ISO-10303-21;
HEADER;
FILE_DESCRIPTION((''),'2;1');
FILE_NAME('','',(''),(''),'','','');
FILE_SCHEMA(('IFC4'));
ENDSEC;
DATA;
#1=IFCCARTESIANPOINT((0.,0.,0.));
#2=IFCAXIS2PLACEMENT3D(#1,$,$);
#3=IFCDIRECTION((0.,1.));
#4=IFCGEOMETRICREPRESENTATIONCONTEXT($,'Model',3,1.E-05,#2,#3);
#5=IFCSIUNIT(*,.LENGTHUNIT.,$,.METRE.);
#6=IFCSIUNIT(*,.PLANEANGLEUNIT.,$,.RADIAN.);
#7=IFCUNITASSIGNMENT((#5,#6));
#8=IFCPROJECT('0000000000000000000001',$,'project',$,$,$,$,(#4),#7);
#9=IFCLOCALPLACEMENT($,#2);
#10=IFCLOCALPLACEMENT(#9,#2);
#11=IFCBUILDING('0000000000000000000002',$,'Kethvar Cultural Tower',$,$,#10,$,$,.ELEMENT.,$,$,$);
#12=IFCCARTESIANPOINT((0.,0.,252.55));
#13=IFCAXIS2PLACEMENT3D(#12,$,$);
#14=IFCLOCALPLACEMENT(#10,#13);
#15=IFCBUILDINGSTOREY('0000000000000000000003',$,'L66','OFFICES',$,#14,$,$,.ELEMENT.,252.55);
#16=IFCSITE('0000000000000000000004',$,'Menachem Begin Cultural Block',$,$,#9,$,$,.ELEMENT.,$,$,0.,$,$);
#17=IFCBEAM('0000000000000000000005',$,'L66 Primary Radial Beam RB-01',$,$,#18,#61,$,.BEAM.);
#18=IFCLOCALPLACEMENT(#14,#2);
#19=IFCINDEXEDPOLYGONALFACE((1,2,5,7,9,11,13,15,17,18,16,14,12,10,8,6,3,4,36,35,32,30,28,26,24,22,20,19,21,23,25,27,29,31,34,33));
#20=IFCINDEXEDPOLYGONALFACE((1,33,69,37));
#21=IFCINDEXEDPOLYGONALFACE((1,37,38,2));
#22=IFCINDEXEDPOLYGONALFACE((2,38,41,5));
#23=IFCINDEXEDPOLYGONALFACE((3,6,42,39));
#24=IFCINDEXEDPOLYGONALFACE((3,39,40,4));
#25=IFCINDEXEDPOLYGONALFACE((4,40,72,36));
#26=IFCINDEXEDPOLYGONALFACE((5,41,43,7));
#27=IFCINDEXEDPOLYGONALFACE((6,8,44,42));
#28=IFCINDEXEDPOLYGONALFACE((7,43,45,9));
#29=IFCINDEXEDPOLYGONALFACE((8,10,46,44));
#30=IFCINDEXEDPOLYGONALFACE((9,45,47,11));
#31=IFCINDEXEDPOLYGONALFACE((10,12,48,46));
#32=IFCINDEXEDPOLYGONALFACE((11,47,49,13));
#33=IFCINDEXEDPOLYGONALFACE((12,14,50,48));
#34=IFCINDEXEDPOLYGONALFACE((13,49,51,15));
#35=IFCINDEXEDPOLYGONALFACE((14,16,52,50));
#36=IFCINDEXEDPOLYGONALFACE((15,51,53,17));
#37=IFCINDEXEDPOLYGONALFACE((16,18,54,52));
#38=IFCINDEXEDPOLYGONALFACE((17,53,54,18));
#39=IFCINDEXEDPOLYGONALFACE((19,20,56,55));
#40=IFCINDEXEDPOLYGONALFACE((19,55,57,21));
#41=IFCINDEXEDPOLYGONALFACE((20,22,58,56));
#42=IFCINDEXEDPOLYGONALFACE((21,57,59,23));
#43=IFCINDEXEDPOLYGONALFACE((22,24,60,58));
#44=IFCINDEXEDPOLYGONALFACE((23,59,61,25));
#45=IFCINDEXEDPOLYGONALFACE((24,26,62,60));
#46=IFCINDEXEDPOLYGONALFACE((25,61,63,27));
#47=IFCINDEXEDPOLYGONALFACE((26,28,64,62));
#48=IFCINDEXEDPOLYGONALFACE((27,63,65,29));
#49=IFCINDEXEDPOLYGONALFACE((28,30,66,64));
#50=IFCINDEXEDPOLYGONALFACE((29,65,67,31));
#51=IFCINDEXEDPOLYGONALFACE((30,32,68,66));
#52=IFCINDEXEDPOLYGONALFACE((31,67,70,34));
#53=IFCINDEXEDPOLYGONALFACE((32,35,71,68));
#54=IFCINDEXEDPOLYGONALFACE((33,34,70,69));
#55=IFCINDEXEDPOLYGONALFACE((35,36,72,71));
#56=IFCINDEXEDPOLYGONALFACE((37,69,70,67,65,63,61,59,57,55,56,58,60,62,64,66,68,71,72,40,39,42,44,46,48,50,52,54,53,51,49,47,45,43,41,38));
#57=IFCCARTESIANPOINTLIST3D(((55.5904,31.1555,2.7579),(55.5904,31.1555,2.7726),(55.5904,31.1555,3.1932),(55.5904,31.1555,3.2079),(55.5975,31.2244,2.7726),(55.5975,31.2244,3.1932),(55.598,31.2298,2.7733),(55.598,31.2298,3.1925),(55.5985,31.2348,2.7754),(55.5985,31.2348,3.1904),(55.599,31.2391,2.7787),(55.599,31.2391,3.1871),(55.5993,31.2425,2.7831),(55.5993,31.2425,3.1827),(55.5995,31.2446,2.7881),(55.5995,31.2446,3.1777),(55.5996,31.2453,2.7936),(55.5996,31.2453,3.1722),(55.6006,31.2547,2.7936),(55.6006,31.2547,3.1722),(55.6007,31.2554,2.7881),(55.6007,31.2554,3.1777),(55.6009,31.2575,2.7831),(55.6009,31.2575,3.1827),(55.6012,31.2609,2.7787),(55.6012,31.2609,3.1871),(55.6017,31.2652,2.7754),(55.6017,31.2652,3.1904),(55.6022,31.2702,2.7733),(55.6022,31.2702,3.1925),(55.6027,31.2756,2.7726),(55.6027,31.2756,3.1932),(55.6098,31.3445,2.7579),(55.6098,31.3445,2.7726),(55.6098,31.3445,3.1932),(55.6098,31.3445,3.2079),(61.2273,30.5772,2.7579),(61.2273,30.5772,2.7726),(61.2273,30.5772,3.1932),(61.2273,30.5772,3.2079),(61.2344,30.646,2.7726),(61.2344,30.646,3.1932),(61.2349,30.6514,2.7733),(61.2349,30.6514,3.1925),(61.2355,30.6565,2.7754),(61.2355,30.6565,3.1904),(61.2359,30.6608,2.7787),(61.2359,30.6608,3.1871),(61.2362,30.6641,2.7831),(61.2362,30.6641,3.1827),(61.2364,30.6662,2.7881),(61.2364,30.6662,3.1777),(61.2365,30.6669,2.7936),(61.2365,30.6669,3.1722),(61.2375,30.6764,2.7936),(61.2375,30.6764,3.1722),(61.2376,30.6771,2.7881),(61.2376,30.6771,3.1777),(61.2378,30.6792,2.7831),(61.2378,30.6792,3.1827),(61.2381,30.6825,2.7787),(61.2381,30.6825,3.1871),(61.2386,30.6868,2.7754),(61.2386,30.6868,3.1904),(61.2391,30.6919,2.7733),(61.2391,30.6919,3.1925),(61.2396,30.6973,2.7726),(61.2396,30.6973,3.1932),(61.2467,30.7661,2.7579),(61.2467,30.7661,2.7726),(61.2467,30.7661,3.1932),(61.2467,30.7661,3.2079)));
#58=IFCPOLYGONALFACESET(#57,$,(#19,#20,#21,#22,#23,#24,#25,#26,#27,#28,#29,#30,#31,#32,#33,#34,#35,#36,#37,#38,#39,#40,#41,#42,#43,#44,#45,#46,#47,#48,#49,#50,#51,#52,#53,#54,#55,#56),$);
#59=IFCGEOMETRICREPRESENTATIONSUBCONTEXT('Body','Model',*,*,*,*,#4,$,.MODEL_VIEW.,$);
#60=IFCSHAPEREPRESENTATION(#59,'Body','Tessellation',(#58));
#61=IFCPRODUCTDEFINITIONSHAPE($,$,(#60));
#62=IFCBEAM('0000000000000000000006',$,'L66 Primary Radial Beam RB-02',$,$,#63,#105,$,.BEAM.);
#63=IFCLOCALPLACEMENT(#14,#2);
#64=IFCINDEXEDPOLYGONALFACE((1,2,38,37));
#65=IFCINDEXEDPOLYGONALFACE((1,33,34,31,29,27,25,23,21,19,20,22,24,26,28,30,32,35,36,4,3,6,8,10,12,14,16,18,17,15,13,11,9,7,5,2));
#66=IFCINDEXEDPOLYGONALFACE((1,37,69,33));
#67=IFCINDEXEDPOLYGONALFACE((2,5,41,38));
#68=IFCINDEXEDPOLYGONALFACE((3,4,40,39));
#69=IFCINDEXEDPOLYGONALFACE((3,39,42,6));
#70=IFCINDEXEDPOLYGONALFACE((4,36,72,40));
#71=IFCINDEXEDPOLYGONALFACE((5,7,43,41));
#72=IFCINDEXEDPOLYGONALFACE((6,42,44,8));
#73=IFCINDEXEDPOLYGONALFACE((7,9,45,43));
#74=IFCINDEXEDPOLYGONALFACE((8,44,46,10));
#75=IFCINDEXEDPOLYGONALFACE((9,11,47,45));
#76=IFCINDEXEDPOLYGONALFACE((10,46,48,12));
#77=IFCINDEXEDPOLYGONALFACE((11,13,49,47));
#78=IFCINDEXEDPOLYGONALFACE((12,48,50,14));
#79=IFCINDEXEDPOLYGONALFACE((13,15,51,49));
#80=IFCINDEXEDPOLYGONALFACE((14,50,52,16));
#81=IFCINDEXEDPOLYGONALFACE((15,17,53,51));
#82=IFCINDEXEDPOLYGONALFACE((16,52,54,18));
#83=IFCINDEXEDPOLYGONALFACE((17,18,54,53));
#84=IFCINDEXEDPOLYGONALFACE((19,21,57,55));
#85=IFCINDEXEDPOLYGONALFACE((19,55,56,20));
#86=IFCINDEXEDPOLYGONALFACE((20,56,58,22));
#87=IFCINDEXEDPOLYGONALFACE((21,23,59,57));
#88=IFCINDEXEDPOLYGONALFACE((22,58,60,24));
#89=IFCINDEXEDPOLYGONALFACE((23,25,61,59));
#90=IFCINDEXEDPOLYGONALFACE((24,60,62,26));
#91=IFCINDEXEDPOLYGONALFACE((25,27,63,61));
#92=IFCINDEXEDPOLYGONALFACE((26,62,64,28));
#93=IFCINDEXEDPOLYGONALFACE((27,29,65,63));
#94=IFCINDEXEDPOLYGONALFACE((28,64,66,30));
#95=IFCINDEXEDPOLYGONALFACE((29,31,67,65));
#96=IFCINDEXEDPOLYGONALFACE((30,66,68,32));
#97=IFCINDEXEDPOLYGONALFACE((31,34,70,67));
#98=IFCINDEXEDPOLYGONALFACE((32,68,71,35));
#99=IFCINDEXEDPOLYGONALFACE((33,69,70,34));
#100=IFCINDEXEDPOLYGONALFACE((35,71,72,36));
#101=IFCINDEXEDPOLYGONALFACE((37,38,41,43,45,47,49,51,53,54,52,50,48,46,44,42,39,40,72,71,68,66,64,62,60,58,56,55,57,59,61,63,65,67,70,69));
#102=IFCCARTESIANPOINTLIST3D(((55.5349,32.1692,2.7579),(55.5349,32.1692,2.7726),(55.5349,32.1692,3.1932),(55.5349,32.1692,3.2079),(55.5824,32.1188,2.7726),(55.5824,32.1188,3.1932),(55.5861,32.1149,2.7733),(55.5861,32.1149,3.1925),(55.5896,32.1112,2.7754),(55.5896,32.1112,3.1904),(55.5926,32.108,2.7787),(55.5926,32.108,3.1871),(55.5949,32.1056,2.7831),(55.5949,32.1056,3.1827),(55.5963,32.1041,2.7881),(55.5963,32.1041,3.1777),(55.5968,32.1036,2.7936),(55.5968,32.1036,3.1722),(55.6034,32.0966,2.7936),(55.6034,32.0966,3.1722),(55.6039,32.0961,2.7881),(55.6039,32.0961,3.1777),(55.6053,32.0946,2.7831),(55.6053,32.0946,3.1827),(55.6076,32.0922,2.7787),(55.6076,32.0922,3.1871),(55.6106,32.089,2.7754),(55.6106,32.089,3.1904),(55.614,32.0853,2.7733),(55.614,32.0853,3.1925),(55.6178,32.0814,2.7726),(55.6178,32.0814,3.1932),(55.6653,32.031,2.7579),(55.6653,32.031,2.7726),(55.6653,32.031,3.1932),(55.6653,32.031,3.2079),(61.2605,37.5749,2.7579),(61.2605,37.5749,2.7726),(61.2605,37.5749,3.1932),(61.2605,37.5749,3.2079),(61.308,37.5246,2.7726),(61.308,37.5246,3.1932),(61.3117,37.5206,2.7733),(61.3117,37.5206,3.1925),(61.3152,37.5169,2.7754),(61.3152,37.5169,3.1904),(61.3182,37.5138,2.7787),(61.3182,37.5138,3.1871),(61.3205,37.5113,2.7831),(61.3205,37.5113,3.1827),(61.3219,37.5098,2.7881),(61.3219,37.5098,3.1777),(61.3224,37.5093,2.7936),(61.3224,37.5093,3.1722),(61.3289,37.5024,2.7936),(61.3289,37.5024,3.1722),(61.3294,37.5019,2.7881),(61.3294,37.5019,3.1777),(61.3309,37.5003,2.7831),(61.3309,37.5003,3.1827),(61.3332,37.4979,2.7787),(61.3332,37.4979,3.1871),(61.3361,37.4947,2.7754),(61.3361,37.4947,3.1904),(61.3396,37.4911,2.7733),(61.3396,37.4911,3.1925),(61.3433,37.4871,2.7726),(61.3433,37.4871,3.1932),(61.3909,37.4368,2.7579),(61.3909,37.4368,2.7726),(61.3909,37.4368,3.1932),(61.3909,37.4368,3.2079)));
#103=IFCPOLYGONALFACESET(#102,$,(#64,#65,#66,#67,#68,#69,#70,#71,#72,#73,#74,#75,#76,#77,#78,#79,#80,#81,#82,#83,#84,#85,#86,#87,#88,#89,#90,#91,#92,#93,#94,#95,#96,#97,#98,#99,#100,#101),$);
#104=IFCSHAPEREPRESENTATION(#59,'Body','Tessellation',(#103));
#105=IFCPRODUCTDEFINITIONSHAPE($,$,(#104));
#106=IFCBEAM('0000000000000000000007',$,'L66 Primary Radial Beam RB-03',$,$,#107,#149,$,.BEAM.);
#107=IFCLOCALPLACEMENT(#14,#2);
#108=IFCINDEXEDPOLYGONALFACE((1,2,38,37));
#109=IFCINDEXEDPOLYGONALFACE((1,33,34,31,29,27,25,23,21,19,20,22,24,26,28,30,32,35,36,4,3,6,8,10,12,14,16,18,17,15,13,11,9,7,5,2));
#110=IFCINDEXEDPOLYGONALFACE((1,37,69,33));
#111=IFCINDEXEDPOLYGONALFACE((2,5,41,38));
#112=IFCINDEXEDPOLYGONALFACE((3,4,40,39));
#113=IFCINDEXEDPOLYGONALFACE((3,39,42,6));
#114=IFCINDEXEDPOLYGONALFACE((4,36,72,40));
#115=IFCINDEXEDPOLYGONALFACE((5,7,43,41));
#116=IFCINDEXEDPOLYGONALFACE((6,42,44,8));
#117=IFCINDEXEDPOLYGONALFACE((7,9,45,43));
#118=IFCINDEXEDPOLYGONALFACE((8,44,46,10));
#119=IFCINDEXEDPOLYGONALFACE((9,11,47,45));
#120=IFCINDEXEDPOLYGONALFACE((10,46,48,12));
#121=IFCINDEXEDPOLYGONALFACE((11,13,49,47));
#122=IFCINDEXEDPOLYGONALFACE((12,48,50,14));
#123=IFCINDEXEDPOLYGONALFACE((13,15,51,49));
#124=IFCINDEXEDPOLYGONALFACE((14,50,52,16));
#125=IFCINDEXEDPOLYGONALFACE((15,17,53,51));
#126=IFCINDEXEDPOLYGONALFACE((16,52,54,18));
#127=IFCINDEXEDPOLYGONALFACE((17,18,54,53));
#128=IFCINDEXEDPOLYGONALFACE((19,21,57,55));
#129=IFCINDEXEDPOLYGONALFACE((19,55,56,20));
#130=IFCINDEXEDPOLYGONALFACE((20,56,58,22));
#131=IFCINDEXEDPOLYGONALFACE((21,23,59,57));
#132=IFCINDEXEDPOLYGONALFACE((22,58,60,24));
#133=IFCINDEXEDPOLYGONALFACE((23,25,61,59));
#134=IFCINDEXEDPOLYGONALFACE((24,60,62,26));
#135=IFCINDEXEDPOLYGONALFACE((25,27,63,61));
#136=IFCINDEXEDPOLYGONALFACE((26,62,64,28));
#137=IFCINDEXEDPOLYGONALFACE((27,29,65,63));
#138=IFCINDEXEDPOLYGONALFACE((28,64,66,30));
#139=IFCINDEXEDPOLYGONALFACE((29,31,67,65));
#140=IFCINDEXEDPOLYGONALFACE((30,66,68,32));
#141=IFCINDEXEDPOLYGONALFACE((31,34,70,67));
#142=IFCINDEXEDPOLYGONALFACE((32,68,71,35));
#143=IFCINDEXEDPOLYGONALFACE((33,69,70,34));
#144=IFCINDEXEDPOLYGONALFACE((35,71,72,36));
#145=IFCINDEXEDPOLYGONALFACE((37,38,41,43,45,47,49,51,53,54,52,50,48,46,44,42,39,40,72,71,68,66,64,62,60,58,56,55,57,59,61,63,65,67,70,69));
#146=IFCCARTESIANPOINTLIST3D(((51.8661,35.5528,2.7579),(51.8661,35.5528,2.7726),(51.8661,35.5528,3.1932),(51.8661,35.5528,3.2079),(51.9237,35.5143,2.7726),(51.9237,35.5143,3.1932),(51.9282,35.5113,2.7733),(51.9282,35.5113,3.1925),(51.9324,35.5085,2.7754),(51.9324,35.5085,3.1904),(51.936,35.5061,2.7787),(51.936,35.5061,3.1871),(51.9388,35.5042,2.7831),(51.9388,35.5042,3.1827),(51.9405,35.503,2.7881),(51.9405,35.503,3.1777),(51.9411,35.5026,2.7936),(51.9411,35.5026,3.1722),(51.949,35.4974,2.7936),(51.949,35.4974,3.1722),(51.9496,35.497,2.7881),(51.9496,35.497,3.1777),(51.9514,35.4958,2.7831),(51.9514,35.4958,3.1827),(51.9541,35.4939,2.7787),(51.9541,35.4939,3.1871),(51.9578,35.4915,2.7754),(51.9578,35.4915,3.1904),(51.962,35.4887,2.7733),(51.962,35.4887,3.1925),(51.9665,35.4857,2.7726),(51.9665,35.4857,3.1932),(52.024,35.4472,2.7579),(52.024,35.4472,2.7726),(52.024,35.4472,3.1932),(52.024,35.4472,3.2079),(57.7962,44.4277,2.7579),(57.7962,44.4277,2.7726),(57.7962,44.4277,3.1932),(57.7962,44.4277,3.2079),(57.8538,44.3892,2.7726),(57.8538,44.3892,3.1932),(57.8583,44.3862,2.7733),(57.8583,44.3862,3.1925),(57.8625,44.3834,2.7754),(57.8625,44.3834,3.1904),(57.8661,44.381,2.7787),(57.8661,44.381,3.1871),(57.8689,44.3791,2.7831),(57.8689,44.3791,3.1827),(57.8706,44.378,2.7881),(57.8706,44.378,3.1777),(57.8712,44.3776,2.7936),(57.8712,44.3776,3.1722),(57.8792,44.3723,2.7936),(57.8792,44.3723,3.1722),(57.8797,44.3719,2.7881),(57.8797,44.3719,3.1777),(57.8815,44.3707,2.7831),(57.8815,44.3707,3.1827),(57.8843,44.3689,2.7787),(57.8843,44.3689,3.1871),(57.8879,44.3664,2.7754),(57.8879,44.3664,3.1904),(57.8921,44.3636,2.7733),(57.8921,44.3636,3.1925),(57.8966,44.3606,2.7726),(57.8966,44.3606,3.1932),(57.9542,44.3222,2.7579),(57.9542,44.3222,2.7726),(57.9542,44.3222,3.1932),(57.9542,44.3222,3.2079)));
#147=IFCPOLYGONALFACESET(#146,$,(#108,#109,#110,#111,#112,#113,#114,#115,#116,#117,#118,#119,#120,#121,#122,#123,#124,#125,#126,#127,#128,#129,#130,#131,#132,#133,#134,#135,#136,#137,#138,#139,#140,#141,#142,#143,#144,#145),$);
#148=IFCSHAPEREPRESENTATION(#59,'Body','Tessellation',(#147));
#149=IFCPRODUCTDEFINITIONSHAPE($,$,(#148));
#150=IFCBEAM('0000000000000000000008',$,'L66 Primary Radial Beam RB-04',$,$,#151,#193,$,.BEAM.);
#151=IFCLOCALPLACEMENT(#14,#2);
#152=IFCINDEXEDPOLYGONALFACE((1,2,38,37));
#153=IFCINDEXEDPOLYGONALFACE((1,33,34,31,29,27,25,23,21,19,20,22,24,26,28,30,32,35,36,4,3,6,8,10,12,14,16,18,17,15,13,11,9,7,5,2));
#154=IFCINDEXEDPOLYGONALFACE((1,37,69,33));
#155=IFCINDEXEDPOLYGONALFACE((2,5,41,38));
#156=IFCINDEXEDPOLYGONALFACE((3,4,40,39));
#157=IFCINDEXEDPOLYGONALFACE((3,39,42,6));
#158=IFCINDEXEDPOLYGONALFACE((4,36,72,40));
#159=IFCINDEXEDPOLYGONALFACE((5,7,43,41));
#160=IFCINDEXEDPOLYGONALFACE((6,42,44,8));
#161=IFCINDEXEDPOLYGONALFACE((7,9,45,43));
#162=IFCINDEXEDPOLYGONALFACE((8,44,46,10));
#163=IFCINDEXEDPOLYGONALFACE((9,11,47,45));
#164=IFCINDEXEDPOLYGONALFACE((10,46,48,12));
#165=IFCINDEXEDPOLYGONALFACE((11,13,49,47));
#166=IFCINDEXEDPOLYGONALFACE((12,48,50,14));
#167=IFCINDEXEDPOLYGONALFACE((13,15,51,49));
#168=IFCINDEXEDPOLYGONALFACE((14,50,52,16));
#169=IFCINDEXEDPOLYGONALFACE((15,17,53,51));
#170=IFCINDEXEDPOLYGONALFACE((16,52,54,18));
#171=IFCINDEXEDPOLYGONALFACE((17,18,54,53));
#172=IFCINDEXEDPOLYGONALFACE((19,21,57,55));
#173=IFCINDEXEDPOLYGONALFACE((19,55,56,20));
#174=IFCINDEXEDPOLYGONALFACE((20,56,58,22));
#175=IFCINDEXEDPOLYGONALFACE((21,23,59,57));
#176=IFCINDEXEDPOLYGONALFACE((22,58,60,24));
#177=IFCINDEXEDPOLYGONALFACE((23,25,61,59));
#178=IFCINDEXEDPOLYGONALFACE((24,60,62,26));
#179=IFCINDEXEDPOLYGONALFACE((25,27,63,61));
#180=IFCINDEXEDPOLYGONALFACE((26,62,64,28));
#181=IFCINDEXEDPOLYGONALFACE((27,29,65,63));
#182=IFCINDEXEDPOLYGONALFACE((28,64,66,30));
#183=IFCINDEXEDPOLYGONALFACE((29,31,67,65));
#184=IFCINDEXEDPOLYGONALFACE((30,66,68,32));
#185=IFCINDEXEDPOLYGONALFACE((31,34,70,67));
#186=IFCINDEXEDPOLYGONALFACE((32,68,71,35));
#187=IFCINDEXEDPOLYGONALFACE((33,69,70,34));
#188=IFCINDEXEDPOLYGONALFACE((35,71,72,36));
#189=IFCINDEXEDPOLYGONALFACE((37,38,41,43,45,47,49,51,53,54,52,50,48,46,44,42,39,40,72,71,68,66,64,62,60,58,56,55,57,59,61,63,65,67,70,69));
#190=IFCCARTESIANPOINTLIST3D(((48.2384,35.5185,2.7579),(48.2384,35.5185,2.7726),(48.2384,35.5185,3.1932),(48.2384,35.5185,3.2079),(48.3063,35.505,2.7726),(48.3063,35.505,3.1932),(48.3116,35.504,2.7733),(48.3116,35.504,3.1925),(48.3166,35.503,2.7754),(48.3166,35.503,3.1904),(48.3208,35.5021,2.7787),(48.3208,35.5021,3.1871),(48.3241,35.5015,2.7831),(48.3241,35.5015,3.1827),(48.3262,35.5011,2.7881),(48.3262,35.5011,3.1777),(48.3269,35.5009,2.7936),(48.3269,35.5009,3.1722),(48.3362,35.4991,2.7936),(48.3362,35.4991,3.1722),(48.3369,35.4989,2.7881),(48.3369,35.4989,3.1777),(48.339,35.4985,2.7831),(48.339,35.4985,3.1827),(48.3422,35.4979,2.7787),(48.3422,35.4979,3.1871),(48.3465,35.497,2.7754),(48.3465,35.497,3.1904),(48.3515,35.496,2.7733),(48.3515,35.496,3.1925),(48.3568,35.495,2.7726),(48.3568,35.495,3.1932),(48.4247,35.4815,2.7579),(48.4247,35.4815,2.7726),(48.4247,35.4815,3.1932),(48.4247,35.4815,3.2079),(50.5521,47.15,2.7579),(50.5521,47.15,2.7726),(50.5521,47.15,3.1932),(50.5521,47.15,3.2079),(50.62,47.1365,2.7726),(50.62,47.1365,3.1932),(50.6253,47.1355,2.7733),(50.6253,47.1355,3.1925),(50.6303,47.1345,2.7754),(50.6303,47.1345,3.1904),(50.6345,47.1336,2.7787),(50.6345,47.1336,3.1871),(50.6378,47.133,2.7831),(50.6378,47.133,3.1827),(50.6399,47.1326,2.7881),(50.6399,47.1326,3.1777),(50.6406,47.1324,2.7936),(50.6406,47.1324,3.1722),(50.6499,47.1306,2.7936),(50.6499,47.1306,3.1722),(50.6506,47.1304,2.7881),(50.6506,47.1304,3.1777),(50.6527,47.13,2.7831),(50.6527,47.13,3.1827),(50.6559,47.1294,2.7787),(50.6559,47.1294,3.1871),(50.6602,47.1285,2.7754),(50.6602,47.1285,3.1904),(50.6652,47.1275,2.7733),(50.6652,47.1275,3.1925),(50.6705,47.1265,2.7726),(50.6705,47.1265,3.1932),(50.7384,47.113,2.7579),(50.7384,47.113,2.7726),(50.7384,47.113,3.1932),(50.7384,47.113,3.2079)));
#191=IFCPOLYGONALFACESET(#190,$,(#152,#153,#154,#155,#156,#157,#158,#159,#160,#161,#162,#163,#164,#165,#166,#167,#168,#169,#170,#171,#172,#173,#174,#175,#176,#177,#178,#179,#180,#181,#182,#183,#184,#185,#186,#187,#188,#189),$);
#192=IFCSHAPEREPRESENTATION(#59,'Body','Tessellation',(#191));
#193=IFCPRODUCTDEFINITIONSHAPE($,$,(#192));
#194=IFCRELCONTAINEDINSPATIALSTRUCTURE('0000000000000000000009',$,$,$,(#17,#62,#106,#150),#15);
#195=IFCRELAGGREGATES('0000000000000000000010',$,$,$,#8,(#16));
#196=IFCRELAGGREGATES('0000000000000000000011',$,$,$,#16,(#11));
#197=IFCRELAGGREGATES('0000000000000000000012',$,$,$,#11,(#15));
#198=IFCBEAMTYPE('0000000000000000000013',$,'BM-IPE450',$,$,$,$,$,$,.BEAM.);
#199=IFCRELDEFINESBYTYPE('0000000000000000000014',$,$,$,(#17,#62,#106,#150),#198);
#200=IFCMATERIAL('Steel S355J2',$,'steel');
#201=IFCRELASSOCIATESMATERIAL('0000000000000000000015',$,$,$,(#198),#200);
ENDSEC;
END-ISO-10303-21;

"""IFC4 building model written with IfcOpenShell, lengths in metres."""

from ifc_helpers import new_model, si_unit, direction, frame, origin, origin_2d, place, context, subcontext, project, spatial, i_section, extrude, source, transform, mapped, material, material_profile, profile_set, type_object, element, save


model = new_model("IFC4")

# Units and contexts
model_context = context("Model", 3, precision=1e-05, world=origin(), true_north=direction((0.0, 1.0)))
body_context = subcontext(model_context, "Body", "Model", "MODEL_VIEW")
ifc_project = project(units=[si_unit("LENGTHUNIT", "METRE"), si_unit("PLANEANGLEUNIT", "RADIAN")], contexts=[model_context])

# Site, building, storey
site_placement = place(None, origin())
site = spatial("IfcSite", under=ifc_project, at=site_placement, Name="Menachem Begin Cultural Block", CompositionType="ELEMENT", RefElevation=0.0)
building_placement = place(site_placement, origin())
building = spatial("IfcBuilding", under=site, at=building_placement, Name="Kethvar Cultural Tower", CompositionType="ELEMENT")
storey_placement = place(building_placement, frame((0.0, 0.0, 252.55)))
storey = spatial("IfcBuildingStorey", under=building, at=storey_placement, Name="L66", Description="OFFICES", CompositionType="ELEMENT", Elevation=252.55)

# Beams
ifc_material_1 = material(Name="Steel S355J2", Category="steel")
ifc_material_profile_1 = material_profile(ifc_material_1, i_section(OverallWidth=0.1899, OverallDepth=0.45, WebThickness=0.0095, FlangeThickness=0.0146, FilletRadius=0.021, at=origin_2d()), Name="Steel S355J2 — IPE450")
ifc_profile_set_1 = profile_set([ifc_material_profile_1], Name="Steel S355J2 — IPE450")
beam_type_1 = type_object("IfcBeamType", Name="BM-IPE450", PredefinedType="BEAM", material=ifc_profile_set_1)
shared_shape_1 = source(origin(), body_context, "Body", "SweptSolid", [
    extrude(i_section(OverallWidth=0.1899, OverallDepth=0.45, WebThickness=0.0095, FlangeThickness=0.0146, FilletRadius=0.021, at=origin_2d()), origin(), (0.0, 0.0, 1.0), 5.6665),
])
beam_1_placement = place(storey_placement, frame((55.6001, 31.25, 2.9829), z_axis=(0.994778, -0.102067, 0.0), x_axis=(0.102067, 0.994778, 0.0)))
element("IfcBeam", 1, at=beam_1_placement, inside=storey, type_object=beam_type_1, Name="L66 Primary Radial Beam RB-01", PredefinedType="BEAM", context=body_context, shape_type="MappedRepresentation", body=[
    mapped(shared_shape_1, transform((0.0, 0.0, 0.0), scale=1.0)),
])
shared_shape_2 = source(origin(), body_context, "Body", "SweptSolid", [
    extrude(i_section(OverallWidth=0.1899, OverallDepth=0.45, WebThickness=0.0095, FlangeThickness=0.0146, FilletRadius=0.021, at=origin_2d()), origin(), (0.0, 0.0, 1.0), 7.8743),
])
beam_2_placement = place(storey_placement, frame((55.6001, 32.1001, 2.9829), z_axis=(0.727123, 0.686507, 0.0), x_axis=(-0.686507, 0.727123, 0.0)))
element("IfcBeam", 2, at=beam_2_placement, inside=storey, type_object=beam_type_1, Name="L66 Primary Radial Beam RB-02", PredefinedType="BEAM", context=body_context, shape_type="MappedRepresentation", body=[
    mapped(shared_shape_2, transform((0.0, 0.0, 0.0), scale=1.0)),
])
shared_shape_3 = source(origin(), body_context, "Body", "SweptSolid", [
    extrude(i_section(OverallWidth=0.1899, OverallDepth=0.45, WebThickness=0.0095, FlangeThickness=0.0146, FilletRadius=0.021, at=origin_2d()), origin(), (0.0, 0.0, 1.0), 10.6738),
])
beam_3_placement = place(storey_placement, frame((51.9451, 35.5, 2.9829), z_axis=(0.555576, 0.831466, 0.0), x_axis=(-0.831466, 0.555576, 0.0)))
element("IfcBeam", 3, at=beam_3_placement, inside=storey, type_object=beam_type_1, Name="L66 Primary Radial Beam RB-03", PredefinedType="BEAM", context=body_context, shape_type="MappedRepresentation", body=[
    mapped(shared_shape_3, transform((0.0, 0.0, 0.0), scale=1.0)),
])
shared_shape_4 = source(origin(), body_context, "Body", "SweptSolid", [
    extrude(i_section(OverallWidth=0.1899, OverallDepth=0.45, WebThickness=0.0095, FlangeThickness=0.0146, FilletRadius=0.021, at=origin_2d()), origin(), (0.0, 0.0, 1.0), 11.8594),
])
beam_4_placement = place(storey_placement, frame((48.3315, 35.5, 2.9829), z_axis=(0.195095, 0.980784, 0.0), x_axis=(-0.980784, 0.195095, 0.0)))
element("IfcBeam", 4, at=beam_4_placement, inside=storey, type_object=beam_type_1, Name="L66 Primary Radial Beam RB-04", PredefinedType="BEAM", context=body_context, shape_type="MappedRepresentation", body=[
    mapped(shared_shape_4, transform((0.0, 0.0, 0.0), scale=1.0)),
])

save(model, "model.ifc")
